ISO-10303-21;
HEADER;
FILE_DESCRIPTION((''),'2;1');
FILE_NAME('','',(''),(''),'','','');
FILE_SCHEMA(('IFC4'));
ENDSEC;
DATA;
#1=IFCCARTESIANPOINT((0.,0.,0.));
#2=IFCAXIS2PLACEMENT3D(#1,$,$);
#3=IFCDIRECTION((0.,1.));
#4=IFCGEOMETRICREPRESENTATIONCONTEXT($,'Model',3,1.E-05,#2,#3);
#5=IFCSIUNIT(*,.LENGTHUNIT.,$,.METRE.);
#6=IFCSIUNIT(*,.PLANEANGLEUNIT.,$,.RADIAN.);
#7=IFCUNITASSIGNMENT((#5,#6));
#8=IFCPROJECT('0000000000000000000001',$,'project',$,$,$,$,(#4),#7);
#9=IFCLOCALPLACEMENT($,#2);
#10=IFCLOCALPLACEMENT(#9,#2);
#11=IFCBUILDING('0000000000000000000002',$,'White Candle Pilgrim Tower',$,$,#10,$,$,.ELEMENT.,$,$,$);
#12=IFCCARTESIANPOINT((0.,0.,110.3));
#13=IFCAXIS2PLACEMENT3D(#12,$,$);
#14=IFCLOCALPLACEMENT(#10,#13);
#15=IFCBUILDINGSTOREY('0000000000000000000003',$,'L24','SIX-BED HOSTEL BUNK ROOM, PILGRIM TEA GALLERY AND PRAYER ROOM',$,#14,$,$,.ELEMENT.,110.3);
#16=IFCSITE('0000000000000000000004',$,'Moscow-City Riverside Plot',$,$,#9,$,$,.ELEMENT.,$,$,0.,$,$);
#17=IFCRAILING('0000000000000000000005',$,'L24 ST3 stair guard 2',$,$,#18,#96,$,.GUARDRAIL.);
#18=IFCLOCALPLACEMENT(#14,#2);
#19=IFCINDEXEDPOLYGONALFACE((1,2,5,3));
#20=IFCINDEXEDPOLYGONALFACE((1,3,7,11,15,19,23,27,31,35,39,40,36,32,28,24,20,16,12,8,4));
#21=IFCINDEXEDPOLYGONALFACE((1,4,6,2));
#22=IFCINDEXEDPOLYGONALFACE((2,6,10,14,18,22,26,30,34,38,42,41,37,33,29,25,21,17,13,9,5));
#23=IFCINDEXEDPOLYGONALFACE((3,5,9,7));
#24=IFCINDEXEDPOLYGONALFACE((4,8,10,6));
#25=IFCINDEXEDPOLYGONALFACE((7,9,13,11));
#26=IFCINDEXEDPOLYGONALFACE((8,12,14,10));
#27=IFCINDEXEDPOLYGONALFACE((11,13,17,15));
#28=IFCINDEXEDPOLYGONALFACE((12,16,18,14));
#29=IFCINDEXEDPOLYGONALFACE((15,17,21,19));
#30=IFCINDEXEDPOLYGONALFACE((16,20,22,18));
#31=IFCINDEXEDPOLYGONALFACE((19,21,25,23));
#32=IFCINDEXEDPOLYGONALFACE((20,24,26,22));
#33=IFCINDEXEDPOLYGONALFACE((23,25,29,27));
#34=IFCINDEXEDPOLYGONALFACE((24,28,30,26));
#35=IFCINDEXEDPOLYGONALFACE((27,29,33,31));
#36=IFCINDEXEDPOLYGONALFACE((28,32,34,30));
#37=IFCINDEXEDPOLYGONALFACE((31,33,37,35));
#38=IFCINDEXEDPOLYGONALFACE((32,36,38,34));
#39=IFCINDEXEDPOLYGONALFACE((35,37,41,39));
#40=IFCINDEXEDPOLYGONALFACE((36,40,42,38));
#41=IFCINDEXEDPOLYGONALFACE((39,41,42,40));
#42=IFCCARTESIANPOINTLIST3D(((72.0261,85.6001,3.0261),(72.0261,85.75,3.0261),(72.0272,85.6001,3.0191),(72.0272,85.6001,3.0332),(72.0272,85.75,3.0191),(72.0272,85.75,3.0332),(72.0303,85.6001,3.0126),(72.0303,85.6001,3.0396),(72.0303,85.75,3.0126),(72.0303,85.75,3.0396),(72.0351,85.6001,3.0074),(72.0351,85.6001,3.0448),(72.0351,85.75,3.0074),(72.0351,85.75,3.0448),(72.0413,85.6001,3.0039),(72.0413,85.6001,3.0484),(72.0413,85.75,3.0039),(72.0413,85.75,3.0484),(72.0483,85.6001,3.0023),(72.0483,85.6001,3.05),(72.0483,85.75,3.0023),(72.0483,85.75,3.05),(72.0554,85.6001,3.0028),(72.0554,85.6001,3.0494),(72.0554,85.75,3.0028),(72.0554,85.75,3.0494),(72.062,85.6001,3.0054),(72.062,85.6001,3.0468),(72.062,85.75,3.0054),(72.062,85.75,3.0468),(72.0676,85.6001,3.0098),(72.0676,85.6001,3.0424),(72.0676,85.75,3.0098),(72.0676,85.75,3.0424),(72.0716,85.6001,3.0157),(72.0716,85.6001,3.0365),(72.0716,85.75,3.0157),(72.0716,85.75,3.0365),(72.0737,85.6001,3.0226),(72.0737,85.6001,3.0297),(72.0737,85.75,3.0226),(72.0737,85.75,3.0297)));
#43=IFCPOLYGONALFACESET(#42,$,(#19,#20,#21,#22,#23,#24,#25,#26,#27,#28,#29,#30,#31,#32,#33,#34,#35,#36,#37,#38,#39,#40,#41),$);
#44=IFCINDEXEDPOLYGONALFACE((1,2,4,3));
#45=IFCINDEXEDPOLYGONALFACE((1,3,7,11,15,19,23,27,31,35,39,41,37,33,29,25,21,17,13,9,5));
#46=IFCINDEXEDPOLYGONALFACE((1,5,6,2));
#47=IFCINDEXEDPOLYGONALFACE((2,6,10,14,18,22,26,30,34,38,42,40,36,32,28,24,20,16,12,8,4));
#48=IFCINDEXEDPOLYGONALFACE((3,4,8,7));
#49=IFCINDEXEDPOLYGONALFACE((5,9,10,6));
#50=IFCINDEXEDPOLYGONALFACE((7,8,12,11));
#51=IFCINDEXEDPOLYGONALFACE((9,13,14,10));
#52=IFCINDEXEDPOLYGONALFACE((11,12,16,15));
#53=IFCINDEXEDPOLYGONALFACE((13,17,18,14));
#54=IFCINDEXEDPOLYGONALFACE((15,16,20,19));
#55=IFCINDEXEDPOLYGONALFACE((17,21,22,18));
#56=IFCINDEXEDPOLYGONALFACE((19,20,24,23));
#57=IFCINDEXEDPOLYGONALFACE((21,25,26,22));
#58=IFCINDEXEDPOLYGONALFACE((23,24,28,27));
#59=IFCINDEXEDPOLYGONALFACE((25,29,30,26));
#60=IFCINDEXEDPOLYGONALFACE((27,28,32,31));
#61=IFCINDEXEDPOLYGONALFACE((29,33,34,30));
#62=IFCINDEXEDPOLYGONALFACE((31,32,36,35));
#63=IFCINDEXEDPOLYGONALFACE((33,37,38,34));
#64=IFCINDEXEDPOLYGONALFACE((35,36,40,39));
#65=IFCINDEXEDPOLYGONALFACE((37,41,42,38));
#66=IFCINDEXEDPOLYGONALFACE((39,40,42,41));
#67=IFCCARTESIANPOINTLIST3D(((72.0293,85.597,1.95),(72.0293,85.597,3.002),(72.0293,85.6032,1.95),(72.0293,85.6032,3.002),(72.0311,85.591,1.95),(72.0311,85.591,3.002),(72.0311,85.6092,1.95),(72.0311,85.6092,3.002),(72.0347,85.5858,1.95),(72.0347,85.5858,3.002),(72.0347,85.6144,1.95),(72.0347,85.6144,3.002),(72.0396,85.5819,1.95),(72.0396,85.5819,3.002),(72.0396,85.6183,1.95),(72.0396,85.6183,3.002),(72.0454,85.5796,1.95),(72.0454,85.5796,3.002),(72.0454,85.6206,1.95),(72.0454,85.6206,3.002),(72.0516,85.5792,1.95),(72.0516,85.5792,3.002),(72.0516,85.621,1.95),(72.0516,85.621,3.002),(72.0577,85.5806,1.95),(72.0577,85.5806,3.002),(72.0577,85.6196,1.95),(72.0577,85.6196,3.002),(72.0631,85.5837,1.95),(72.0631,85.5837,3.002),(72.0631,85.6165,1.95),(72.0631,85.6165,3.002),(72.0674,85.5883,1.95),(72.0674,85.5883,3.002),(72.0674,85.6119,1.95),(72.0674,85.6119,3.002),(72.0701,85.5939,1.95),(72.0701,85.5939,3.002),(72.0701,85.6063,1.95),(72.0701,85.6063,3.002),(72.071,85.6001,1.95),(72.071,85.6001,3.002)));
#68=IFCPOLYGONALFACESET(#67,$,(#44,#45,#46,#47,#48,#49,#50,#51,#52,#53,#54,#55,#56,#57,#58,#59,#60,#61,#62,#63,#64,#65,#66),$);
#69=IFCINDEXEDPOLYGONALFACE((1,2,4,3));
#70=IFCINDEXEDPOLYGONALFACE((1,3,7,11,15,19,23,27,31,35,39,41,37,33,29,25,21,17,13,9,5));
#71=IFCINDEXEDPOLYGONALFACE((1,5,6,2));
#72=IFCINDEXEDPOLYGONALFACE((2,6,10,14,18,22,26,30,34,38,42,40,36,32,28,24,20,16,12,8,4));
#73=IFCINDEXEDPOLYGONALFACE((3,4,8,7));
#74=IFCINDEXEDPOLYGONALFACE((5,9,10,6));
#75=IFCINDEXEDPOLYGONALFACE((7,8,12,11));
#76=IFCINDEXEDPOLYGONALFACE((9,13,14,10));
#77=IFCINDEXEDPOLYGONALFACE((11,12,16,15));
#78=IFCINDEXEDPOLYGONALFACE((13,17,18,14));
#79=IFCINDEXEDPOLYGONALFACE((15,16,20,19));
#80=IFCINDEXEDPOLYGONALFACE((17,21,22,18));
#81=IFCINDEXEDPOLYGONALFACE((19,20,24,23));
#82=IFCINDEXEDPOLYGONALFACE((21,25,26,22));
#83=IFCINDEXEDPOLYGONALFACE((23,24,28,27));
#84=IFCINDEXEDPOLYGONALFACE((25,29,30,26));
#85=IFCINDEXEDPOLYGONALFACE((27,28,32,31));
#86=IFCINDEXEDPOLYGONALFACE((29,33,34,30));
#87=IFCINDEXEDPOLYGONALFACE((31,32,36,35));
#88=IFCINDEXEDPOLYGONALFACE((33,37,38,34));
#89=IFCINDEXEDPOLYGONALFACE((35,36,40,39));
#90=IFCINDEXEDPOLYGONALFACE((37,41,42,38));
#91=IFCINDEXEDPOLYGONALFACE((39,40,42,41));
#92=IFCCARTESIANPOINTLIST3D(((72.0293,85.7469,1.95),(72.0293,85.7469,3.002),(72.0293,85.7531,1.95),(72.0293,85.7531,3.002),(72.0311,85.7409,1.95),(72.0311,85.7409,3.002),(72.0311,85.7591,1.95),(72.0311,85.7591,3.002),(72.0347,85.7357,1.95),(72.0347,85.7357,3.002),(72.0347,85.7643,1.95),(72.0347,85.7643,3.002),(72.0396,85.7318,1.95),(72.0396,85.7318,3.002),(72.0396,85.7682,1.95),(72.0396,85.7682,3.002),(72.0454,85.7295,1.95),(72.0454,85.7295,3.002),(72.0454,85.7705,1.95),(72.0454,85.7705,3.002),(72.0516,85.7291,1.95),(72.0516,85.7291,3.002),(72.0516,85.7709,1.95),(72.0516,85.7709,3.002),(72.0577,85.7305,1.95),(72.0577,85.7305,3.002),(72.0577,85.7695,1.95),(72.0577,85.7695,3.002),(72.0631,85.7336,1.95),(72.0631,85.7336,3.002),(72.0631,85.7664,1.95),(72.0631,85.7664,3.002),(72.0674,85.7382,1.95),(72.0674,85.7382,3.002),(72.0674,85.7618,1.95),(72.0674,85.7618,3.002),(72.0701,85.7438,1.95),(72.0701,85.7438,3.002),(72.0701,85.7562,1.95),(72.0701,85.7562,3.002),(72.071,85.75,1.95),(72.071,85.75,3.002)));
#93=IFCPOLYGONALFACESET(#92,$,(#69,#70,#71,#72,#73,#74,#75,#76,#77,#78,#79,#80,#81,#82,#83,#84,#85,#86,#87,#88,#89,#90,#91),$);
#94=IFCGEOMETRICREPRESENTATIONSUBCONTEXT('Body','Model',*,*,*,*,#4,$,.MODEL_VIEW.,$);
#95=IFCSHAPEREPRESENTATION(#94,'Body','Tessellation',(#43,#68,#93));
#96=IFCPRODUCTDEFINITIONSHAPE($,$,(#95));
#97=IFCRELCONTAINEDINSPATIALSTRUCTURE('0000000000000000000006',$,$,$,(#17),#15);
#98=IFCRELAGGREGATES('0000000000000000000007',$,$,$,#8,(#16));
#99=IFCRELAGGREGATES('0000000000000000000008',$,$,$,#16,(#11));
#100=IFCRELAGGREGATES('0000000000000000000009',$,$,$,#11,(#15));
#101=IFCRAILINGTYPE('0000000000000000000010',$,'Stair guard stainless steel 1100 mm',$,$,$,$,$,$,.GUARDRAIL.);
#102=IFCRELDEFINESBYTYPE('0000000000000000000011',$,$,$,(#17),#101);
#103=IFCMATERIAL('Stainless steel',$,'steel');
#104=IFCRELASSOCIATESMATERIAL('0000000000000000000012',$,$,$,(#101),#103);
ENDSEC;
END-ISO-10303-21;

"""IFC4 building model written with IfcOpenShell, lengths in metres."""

from ifc_helpers import new_model, si_unit, direction, frame, origin, origin_2d, place, context, subcontext, project, spatial, circle, extrude, material, type_object, element, save


model = new_model("IFC4")

# Units and contexts
model_context = context("Model", 3, precision=1e-05, world=origin(), true_north=direction((0.0, 1.0)))
body_context = subcontext(model_context, "Body", "Model", "MODEL_VIEW")
ifc_project = project(units=[si_unit("LENGTHUNIT", "METRE"), si_unit("PLANEANGLEUNIT", "RADIAN")], contexts=[model_context])

# Site, building, storey
site_placement = place(None, origin())
site = spatial("IfcSite", under=ifc_project, at=site_placement, Name="Moscow-City Riverside Plot", CompositionType="ELEMENT", RefElevation=0.0)
building_placement = place(site_placement, origin())
building = spatial("IfcBuilding", under=site, at=building_placement, Name="White Candle Pilgrim Tower", CompositionType="ELEMENT")
storey_placement = place(building_placement, frame((0.0, 0.0, 110.3)))
storey = spatial("IfcBuildingStorey", under=building, at=storey_placement, Name="L24", Description="SIX-BED HOSTEL BUNK ROOM, PILGRIM TEA GALLERY AND PRAYER ROOM", CompositionType="ELEMENT", Elevation=110.3)

# Railing
ifc_material_1 = material(Name="Stainless steel", Category="steel")
railing_type_1 = type_object("IfcRailingType", Name="Stair guard stainless steel 1100 mm", PredefinedType="GUARDRAIL", material=ifc_material_1)
railing_1_placement = place(storey_placement, frame((72.05, 85.6001, 1.95)))
element("IfcRailing", 1, at=railing_1_placement, inside=storey, type_object=railing_type_1, Name="L24 ST3 stair guard 2", PredefinedType="GUARDRAIL", context=body_context, shape_type="SweptSolid", body=[
    extrude(circle(Radius=0.0239, at=origin_2d()), frame((0.0, 0.0, 1.0762), z_axis=(0.0, 1.0, 0.0), x_axis=(-1.0, 0.0, 0.0)), (0.0, 0.0, 1.0), 0.1499),
    extrude(circle(Radius=0.021, at=origin_2d()), origin(), (0.0, 0.0, 1.0), 1.052),
    extrude(circle(Radius=0.021, at=origin_2d()), frame((0.0, 0.1499, 0.0)), (0.0, 0.0, 1.0), 1.052),
])

save(model, "model.ifc")
